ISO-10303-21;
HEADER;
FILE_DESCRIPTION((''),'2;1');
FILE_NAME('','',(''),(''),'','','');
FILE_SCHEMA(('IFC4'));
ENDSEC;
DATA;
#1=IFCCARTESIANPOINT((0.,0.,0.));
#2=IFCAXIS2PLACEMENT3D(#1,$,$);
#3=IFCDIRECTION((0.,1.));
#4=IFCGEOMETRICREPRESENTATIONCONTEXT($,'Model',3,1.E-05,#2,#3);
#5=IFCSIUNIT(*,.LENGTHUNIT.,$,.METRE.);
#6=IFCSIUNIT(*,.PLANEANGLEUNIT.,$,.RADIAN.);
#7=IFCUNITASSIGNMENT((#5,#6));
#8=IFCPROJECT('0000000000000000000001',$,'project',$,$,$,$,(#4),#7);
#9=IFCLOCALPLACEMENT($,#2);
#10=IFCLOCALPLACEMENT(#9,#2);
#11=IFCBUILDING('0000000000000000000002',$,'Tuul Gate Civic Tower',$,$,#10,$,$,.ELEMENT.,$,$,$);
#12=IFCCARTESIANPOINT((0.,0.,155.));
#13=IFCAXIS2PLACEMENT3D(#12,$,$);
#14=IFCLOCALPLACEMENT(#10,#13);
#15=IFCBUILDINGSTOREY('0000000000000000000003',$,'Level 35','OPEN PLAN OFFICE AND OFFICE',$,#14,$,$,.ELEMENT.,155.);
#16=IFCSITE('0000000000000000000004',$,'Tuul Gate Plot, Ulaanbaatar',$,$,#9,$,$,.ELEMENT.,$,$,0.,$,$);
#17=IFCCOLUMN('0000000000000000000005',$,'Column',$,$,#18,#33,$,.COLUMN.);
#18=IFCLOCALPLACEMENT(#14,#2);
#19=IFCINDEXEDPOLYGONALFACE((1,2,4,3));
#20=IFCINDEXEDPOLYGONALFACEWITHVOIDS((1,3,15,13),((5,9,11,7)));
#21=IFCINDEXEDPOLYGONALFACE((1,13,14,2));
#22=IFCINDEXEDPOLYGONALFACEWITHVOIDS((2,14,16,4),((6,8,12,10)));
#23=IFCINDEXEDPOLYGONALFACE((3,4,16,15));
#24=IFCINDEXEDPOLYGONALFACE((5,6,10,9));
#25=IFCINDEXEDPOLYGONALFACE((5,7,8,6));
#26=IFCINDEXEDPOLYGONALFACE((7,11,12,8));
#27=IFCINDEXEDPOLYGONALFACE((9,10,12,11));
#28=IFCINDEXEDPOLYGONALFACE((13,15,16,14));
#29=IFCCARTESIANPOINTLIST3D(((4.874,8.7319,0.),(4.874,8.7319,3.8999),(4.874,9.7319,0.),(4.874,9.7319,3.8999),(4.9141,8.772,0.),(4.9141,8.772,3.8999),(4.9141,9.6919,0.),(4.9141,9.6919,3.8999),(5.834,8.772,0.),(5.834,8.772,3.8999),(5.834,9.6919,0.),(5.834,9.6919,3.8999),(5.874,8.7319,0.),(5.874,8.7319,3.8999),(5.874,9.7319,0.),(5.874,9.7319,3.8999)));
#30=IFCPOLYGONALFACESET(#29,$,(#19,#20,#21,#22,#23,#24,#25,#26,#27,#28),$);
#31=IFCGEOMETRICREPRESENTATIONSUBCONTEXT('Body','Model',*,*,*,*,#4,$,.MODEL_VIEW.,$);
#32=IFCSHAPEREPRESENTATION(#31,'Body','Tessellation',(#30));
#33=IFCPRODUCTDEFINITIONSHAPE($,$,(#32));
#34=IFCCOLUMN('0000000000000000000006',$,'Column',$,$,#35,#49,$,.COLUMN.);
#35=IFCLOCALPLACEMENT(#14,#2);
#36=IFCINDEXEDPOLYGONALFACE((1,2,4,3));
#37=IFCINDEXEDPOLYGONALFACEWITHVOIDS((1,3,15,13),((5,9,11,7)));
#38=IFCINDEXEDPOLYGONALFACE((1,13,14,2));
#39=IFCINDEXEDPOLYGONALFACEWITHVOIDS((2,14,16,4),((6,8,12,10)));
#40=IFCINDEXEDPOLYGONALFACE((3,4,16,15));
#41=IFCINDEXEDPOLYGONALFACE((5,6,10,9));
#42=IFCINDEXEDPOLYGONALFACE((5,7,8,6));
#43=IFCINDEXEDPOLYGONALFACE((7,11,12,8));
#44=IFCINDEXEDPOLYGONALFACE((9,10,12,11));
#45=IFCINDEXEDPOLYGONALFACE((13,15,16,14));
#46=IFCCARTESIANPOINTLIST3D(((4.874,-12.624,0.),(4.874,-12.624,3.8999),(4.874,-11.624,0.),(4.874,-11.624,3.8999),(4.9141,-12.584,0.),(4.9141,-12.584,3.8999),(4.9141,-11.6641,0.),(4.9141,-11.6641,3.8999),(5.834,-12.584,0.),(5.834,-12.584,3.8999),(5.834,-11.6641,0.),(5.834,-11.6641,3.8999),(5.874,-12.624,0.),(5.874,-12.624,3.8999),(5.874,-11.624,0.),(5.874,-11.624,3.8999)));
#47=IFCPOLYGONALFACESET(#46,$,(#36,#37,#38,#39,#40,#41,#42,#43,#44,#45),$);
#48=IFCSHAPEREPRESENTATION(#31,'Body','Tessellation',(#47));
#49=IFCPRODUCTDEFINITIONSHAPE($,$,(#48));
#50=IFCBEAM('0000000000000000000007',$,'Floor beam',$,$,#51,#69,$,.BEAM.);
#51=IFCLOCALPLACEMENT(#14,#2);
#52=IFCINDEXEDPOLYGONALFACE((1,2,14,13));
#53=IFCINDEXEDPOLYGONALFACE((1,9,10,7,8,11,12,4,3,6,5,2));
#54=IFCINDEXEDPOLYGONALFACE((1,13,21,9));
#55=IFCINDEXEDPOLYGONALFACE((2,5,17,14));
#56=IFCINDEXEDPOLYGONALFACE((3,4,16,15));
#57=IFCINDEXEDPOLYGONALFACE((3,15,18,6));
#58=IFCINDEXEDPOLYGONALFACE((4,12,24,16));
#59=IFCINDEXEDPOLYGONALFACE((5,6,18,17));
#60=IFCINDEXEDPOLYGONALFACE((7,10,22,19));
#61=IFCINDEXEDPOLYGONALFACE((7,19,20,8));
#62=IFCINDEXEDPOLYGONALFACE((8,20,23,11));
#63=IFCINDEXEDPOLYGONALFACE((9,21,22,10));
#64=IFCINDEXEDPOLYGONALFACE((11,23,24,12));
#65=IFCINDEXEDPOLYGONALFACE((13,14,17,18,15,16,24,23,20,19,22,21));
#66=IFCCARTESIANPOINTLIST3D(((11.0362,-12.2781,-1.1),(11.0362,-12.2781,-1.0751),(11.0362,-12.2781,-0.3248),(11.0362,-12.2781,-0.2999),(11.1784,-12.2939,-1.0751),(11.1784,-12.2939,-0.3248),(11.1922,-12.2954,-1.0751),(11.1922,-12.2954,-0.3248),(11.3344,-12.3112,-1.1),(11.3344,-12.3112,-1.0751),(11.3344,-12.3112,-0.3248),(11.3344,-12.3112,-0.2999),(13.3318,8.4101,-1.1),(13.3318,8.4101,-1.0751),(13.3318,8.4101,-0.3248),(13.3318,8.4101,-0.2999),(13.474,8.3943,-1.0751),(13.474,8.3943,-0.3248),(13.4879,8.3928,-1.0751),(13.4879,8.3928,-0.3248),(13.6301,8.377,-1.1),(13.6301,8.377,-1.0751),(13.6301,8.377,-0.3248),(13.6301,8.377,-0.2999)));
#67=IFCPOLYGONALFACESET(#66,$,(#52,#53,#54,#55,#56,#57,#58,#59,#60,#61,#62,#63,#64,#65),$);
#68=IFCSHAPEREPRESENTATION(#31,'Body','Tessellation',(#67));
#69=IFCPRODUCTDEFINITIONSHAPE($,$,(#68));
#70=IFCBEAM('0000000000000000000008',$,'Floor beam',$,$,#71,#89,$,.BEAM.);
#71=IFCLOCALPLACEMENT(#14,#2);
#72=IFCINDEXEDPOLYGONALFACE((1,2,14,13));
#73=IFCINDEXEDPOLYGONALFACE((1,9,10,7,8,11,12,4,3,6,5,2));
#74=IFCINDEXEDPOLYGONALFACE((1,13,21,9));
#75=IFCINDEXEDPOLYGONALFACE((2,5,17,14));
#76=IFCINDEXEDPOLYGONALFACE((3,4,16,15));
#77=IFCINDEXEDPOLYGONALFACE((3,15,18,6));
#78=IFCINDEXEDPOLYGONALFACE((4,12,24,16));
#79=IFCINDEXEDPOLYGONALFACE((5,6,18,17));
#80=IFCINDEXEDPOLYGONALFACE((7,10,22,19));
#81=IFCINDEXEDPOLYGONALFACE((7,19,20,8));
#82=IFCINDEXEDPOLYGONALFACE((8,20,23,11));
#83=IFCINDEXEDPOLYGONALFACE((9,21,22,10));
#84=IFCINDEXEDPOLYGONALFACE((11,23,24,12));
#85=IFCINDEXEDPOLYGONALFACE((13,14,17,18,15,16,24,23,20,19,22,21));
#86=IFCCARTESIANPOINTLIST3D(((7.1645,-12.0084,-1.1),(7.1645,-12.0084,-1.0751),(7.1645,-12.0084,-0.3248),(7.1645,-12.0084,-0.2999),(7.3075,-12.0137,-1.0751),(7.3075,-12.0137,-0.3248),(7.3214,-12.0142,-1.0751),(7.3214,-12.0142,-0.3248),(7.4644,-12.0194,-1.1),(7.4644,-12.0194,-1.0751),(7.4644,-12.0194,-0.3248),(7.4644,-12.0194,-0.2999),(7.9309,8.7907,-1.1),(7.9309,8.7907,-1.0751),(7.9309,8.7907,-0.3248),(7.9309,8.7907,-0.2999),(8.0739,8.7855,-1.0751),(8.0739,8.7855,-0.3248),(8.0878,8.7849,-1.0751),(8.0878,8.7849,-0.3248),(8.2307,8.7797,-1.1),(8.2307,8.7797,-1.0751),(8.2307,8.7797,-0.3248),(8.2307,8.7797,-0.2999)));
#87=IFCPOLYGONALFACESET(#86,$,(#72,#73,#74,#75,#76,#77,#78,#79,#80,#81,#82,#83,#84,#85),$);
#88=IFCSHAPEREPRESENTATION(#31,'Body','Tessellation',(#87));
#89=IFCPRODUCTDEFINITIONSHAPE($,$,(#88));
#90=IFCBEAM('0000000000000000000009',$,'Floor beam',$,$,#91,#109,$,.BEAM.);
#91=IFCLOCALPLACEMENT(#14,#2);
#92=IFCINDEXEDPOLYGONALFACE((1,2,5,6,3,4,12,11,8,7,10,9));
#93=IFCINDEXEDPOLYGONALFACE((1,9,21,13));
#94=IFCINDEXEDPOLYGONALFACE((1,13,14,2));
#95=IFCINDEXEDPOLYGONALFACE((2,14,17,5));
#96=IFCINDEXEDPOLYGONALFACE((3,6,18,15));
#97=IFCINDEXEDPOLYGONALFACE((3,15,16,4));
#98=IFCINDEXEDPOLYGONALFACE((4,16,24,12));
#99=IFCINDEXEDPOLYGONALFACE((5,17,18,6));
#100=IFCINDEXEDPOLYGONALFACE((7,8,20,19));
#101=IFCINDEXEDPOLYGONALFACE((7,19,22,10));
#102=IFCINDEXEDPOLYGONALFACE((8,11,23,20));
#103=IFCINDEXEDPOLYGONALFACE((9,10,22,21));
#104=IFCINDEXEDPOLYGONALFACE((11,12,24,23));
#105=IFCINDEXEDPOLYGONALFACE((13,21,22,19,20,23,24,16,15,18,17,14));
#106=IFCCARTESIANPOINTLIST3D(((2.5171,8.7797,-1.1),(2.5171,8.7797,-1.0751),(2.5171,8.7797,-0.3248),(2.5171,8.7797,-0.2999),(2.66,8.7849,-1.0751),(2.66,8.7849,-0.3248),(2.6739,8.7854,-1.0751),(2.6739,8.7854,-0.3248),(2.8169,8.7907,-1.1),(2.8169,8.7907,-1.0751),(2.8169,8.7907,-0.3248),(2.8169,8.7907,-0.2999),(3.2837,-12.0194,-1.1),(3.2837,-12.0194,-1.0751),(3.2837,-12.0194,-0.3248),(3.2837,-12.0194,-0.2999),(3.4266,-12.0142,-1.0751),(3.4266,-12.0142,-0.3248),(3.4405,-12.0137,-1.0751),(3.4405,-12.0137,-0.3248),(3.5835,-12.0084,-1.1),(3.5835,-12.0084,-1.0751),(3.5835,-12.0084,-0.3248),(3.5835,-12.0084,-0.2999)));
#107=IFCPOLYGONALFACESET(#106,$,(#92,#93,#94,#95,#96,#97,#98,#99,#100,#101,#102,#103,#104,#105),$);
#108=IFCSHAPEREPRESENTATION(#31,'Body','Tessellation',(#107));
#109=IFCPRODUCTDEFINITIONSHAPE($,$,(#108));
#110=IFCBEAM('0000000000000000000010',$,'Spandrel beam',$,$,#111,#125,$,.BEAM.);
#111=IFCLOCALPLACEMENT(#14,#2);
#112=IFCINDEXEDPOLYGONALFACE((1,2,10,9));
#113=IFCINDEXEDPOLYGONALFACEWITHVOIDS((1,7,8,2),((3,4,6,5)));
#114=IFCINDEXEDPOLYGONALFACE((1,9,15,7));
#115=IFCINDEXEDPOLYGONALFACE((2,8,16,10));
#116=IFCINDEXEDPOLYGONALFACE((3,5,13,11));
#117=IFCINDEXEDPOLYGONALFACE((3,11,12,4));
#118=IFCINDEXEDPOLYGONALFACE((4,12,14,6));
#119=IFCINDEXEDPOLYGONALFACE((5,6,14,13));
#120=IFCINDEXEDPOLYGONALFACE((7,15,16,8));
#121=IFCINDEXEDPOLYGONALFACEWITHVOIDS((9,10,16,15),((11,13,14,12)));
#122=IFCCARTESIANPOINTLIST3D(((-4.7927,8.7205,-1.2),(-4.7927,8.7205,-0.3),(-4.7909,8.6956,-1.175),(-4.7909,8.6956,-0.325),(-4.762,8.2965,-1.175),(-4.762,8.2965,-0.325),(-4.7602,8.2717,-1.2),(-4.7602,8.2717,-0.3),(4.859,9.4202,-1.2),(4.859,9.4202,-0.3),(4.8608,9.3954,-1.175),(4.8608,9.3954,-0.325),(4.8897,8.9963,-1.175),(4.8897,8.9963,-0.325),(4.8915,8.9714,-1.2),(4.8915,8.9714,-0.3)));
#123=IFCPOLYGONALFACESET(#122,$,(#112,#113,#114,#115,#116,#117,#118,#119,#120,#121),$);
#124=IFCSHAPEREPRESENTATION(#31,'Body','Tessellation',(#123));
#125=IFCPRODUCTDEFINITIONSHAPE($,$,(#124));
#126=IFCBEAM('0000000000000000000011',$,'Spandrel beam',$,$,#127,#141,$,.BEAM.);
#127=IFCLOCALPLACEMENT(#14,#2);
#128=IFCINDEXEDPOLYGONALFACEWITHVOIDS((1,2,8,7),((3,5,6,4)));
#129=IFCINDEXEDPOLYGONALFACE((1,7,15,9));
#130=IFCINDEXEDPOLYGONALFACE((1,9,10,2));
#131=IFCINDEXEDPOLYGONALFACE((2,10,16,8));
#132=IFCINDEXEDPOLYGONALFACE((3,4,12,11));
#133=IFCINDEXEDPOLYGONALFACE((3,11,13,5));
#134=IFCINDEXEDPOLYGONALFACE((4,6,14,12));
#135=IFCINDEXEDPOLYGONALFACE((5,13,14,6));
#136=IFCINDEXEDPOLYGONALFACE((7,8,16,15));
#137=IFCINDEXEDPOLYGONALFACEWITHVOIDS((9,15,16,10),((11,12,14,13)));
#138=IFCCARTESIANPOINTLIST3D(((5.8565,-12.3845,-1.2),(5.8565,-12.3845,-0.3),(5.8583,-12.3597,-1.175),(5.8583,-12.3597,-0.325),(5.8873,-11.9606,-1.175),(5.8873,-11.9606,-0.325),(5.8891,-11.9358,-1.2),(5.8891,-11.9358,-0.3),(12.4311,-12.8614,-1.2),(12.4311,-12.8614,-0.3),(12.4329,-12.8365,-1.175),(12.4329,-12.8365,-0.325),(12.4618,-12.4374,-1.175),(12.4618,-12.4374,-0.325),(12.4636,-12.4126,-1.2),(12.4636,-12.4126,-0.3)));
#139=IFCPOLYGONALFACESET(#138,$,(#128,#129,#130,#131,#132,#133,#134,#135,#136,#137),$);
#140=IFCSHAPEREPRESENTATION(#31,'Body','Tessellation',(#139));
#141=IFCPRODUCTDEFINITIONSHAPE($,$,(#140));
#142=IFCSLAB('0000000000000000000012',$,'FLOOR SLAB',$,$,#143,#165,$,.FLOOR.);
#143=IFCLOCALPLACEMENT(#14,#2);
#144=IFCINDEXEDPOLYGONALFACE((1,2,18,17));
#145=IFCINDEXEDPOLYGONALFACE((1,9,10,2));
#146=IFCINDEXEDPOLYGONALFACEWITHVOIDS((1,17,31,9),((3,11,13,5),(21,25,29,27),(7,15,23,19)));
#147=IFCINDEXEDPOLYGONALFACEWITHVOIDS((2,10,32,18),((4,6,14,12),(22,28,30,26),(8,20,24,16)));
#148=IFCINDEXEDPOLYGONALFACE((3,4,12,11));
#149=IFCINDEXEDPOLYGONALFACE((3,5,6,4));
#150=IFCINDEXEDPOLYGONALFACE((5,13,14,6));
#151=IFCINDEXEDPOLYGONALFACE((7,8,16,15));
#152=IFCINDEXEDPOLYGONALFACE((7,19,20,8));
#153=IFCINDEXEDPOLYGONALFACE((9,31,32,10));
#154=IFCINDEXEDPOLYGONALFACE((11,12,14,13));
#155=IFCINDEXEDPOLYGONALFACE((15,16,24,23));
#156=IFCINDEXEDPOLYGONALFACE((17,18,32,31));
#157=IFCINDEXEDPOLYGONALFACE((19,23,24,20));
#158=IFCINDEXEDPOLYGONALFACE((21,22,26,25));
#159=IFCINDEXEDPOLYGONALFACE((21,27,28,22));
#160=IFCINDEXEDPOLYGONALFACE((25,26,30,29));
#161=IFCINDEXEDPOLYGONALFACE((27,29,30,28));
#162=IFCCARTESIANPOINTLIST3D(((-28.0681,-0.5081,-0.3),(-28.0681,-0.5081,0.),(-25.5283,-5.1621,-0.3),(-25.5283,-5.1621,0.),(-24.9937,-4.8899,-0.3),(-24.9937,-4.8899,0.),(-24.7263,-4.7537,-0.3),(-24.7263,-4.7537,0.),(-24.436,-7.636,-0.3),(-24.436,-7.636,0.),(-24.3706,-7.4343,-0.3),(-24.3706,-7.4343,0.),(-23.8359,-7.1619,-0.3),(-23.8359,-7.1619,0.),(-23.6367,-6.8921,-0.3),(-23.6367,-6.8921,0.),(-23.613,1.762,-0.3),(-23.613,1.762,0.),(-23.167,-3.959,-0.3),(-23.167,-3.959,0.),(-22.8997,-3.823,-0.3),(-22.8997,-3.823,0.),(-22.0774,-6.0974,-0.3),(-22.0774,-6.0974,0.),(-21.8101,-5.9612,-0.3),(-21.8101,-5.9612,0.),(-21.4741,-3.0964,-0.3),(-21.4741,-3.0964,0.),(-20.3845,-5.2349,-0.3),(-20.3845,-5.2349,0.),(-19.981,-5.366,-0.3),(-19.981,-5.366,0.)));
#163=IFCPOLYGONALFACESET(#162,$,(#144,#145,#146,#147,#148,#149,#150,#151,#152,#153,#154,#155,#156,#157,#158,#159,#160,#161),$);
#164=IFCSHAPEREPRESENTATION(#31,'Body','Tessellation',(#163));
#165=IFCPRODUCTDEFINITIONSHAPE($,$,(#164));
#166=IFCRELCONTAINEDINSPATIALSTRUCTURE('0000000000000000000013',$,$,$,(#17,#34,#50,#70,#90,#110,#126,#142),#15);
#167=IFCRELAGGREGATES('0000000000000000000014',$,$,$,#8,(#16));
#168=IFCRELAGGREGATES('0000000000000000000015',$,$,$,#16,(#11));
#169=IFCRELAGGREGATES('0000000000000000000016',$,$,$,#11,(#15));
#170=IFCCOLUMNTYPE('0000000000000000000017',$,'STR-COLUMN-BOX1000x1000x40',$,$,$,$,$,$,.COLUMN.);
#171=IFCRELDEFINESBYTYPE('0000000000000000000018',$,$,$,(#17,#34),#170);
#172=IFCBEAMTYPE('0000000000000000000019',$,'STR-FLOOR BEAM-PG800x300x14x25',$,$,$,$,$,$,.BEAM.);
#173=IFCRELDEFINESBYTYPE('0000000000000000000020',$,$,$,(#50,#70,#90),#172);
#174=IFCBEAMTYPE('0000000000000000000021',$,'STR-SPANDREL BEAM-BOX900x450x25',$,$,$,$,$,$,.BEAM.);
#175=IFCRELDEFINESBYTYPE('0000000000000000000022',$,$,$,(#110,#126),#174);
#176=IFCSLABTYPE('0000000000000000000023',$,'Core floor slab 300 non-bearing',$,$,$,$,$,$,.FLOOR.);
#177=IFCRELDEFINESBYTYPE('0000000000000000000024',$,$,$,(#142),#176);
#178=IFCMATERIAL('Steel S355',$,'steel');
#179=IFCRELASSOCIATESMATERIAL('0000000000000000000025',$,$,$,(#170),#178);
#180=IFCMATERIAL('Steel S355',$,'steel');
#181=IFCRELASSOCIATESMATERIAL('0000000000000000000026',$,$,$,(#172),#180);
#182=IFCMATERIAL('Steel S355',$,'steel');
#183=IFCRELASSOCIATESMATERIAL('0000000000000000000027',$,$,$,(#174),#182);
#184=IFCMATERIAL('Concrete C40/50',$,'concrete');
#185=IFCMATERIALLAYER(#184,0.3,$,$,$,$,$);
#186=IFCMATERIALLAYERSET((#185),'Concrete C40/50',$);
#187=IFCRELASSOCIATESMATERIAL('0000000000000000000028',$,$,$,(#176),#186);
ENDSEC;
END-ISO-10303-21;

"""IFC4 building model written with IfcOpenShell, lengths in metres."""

from ifc_helpers import new_model, si_unit, direction, frame, origin, origin_2d, place, context, subcontext, project, spatial, polyline, hollow_rectangle, i_section, outline, extrude, material, layer, layer_set, material_profile, profile_set, type_object, element, save


model = new_model("IFC4")

# Units and contexts
model_context = context("Model", 3, precision=1e-05, world=origin(), true_north=direction((0.0, 1.0)))
body_context = subcontext(model_context, "Body", "Model", "MODEL_VIEW")
ifc_project = project(units=[si_unit("LENGTHUNIT", "METRE"), si_unit("PLANEANGLEUNIT", "RADIAN")], contexts=[model_context])

# Site, building, storey
site_placement = place(None, origin())
site = spatial("IfcSite", under=ifc_project, at=site_placement, Name="Tuul Gate Plot, Ulaanbaatar", CompositionType="ELEMENT", RefElevation=0.0)
building_placement = place(site_placement, origin())
building = spatial("IfcBuilding", under=site, at=building_placement, Name="Tuul Gate Civic Tower", CompositionType="ELEMENT")
storey_placement = place(building_placement, frame((0.0, 0.0, 155.0)))
storey = spatial("IfcBuildingStorey", under=building, at=storey_placement, Name="Level 35", Description="OPEN PLAN OFFICE AND OFFICE", CompositionType="ELEMENT", Elevation=155.0)

# Columns
ifc_material_1 = material(Name="Steel S355", Category="steel")
ifc_material_profile_1 = material_profile(ifc_material_1, hollow_rectangle(XDim=1.0, YDim=1.0, WallThickness=0.04, at=origin_2d()), Name="BOX1000x1000x40")
ifc_profile_set_1 = profile_set([ifc_material_profile_1], Name="Steel S355")
column_type = type_object("IfcColumnType", Name="STR-COLUMN-BOX1000x1000x40", PredefinedType="COLUMN", material=ifc_profile_set_1)
for number, where, z_axis, x_axis, name in (
    (1, (5.374, 9.2319, 0.0), (0.0, 0.0, 1.0), (1.0, 0.0, 0.0), "Column"),
    (2, (5.374, -12.124, 0.0), (0.0, 0.0, 1.0), (1.0, 0.0, 0.0), "Column"),
):
    element("IfcColumn", number, at=place(storey_placement, frame(where, z_axis=z_axis, x_axis=x_axis)), inside=storey, type_object=column_type, Name=name, PredefinedType="COLUMN", context=body_context, shape_type="SweptSolid", body=[
        extrude(hollow_rectangle(XDim=1.0, YDim=1.0, WallThickness=0.04, at=origin_2d()), origin(), (0.0, 0.0, 1.0), 3.8999),
    ])

# Beams
ifc_material_2 = material(Name="Steel S355", Category="steel")
ifc_material_profile_2 = material_profile(ifc_material_2, i_section(OverallWidth=0.3, OverallDepth=0.8, WebThickness=0.0139, FlangeThickness=0.0249, at=origin_2d()), Name="PG800x300x14x25")
ifc_profile_set_2 = profile_set([ifc_material_profile_2], Name="Steel S355")
beam_type_1 = type_object("IfcBeamType", Name="STR-FLOOR BEAM-PG800x300x14x25", PredefinedType="BEAM", material=ifc_profile_set_2)
beam_1_placement = place(storey_placement, frame((11.1853, -12.2947, -0.7), z_axis=(0.110287, 0.9939, 0.0), x_axis=(-0.9939, 0.110287, 0.0)))
element("IfcBeam", 3, at=beam_1_placement, inside=storey, type_object=beam_type_1, Name="Floor beam", PredefinedType="BEAM", context=body_context, shape_type="SweptSolid", body=[
    extrude(i_section(OverallWidth=0.3, OverallDepth=0.8, WebThickness=0.0139, FlangeThickness=0.0249, at=origin_2d()), origin(), (0.0, 0.0, 1.0), 20.8152),
])
for number, where, z_axis, x_axis, name in (
    (4, (7.3145, -12.0139, -0.7), (0.036821, 0.999322, 0.0), (-0.999322, 0.036821, 0.0), "Floor beam"),
    (5, (3.4336, -12.0139, -0.7), (-0.036832, 0.999321, 0.0), (-0.999321, -0.036832, 0.0), "Floor beam"),
):
    element("IfcBeam", number, at=place(storey_placement, frame(where, z_axis=z_axis, x_axis=x_axis)), inside=storey, type_object=beam_type_1, Name=name, PredefinedType="BEAM", context=body_context, shape_type="SweptSolid", body=[
        extrude(i_section(OverallWidth=0.3, OverallDepth=0.8, WebThickness=0.0139, FlangeThickness=0.0249, at=origin_2d()), origin(), (0.0, 0.0, 1.0), 20.8132),
    ])
ifc_material_3 = material(Name="Steel S355", Category="steel")
ifc_material_profile_3 = material_profile(ifc_material_3, hollow_rectangle(XDim=0.45, YDim=0.8999, WallThickness=0.0249, at=origin_2d()), Name="BOX900x450x25")
ifc_profile_set_3 = profile_set([ifc_material_profile_3], Name="Steel S355")
beam_type_2 = type_object("IfcBeamType", Name="STR-SPANDREL BEAM-BOX900x450x25", PredefinedType="BEAM", material=ifc_profile_set_3)
beam_2_placement = place(storey_placement, frame((4.8752, 9.1958, -0.75), z_axis=(-0.997382, -0.072307, 0.0), x_axis=(0.072307, -0.997382, 0.0)))
element("IfcBeam", 6, at=beam_2_placement, inside=storey, type_object=beam_type_2, Name="Spandrel beam", PredefinedType="BEAM", context=body_context, shape_type="SweptSolid", body=[
    extrude(hollow_rectangle(XDim=0.45, YDim=0.8999, WallThickness=0.0249, at=origin_2d()), origin(), (0.0, 0.0, 1.0), 9.677),
])
beam_3_placement = place(storey_placement, frame((5.8728, -12.1602, -0.75), z_axis=(0.99738, -0.072334, 0.0), x_axis=(0.072334, 0.99738, 0.0)))
element("IfcBeam", 7, at=beam_3_placement, inside=storey, type_object=beam_type_2, Name="Spandrel beam", PredefinedType="BEAM", context=body_context, shape_type="SweptSolid", body=[
    extrude(hollow_rectangle(XDim=0.45, YDim=0.8999, WallThickness=0.0249, at=origin_2d()), origin(), (0.0, 0.0, 1.0), 6.5918),
])

# Slab
ifc_material_4 = material(Name="Concrete C40/50", Category="concrete")
ifc_layer_1 = layer(ifc_material_4, 0.3)
ifc_layer_set_1 = layer_set([ifc_layer_1], Name="Concrete C40/50")
slab_type_1 = type_object("IfcSlabType", Name="Core floor slab 300 non-bearing", PredefinedType="FLOOR", material=ifc_layer_set_1)
slab_1_placement = place(storey_placement, frame((0.0, 0.0, -0.3)))
element("IfcSlab", 8, at=slab_1_placement, inside=storey, type_object=slab_type_1, Name="FLOOR SLAB", PredefinedType="FLOOR", context=body_context, shape_type="SweptSolid", body=[
    extrude(outline(polyline([(-19.981, -5.366), (-23.613, 1.762), (-28.0681, -0.5081), (-24.436, -7.636), (-19.981, -5.366)]), holes=[polyline([(-20.3845, -5.2349), (-21.4741, -3.0964), (-22.8997, -3.823), (-21.8101, -5.9612), (-20.3845, -5.2349)]), polyline([(-22.0774, -6.0974), (-23.167, -3.959), (-24.7263, -4.7537), (-23.6367, -6.8921), (-22.0774, -6.0974)]), polyline([(-23.8359, -7.1619), (-24.9937, -4.8899), (-25.5283, -5.1621), (-24.3706, -7.4343), (-23.8359, -7.1619)])]), origin(), (0.0, 0.0, 1.0), 0.3),
])

save(model, "model.ifc")
